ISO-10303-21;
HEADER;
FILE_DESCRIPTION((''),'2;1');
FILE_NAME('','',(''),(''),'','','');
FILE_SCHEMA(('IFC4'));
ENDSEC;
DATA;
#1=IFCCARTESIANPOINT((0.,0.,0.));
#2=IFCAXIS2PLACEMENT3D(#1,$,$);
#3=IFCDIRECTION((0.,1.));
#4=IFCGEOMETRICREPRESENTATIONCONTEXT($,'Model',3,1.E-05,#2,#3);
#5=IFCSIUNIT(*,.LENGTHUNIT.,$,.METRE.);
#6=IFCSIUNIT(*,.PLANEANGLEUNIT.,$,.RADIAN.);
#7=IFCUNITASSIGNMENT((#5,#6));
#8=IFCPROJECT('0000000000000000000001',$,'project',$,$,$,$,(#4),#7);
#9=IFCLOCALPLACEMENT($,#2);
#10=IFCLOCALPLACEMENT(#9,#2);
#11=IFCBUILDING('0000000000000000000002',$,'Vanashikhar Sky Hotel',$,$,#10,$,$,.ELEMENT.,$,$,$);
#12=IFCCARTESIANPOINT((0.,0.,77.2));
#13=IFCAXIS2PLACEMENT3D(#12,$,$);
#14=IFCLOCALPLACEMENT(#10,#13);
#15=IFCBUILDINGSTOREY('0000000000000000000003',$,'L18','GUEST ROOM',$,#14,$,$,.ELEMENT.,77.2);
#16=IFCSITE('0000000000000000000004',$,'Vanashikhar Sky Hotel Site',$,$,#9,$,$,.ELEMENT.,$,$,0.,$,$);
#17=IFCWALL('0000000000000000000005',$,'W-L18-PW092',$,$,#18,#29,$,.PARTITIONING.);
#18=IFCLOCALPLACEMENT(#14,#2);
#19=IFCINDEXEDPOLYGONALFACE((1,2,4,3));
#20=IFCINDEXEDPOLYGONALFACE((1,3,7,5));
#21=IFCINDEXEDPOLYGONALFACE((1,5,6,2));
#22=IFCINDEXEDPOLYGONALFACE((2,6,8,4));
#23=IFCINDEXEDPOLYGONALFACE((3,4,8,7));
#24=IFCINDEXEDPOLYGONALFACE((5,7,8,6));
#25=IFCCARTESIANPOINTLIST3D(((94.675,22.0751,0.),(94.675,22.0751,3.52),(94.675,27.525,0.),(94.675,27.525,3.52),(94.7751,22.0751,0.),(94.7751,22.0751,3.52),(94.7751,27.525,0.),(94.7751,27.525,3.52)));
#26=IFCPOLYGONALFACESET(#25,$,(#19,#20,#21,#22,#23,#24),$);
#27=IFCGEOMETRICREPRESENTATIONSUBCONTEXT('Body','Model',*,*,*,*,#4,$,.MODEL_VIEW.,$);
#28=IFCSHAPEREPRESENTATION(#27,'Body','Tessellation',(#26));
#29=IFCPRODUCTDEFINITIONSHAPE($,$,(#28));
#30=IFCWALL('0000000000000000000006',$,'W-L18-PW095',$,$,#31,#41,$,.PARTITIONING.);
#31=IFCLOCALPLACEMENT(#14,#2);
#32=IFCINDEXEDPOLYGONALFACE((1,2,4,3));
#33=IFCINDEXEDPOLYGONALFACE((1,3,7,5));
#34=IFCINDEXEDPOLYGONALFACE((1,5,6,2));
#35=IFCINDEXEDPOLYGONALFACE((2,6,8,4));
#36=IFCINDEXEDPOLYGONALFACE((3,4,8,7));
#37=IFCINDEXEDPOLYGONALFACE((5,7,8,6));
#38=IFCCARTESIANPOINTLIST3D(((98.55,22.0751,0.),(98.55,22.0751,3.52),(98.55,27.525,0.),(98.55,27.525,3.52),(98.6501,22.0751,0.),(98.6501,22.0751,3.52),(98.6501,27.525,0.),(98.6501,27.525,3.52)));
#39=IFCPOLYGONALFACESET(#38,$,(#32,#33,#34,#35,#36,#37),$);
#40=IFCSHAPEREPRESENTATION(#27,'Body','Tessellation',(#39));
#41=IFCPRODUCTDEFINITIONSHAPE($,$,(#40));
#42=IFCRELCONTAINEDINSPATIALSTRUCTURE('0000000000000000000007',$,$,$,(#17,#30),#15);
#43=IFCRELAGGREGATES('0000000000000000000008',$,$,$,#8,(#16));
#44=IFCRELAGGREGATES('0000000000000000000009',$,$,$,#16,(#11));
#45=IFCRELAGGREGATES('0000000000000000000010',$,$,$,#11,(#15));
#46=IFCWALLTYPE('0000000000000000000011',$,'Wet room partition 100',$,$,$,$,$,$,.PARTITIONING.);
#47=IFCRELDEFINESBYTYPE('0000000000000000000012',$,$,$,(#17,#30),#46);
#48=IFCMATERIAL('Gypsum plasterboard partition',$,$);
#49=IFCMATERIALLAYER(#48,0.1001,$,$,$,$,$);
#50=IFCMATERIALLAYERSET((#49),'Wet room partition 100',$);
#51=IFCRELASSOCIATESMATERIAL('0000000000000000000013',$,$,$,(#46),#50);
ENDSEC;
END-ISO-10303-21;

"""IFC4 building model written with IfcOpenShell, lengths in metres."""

from ifc_helpers import new_model, si_unit, direction, frame, frame_2d, origin, place, context, subcontext, project, spatial, rectangle, extrude, source, transform, mapped, material, layer, layer_set, type_object, element, save


model = new_model("IFC4")

# Units and contexts
model_context = context("Model", 3, precision=1e-05, world=origin(), true_north=direction((0.0, 1.0)))
body_context = subcontext(model_context, "Body", "Model", "MODEL_VIEW")
ifc_project = project(units=[si_unit("LENGTHUNIT", "METRE"), si_unit("PLANEANGLEUNIT", "RADIAN")], contexts=[model_context])

# Site, building, storey
site_placement = place(None, origin())
site = spatial("IfcSite", under=ifc_project, at=site_placement, Name="Vanashikhar Sky Hotel Site", CompositionType="ELEMENT", RefElevation=0.0)
building_placement = place(site_placement, origin())
building = spatial("IfcBuilding", under=site, at=building_placement, Name="Vanashikhar Sky Hotel", CompositionType="ELEMENT")
storey_placement = place(building_placement, frame((0.0, 0.0, 77.2)))
storey = spatial("IfcBuildingStorey", under=building, at=storey_placement, Name="L18", Description="GUEST ROOM", CompositionType="ELEMENT", Elevation=77.2)

# Shared definitions
ifc_material_1 = material(Name="Gypsum plasterboard partition")

# Shared definitions
ifc_layer_1 = layer(ifc_material_1, 0.1001)
ifc_layer_set_1 = layer_set([ifc_layer_1], Name="Wet room partition 100")
wall_type_1 = type_object("IfcWallType", Name="Wet room partition 100", PredefinedType="PARTITIONING", material=ifc_layer_set_1)

# Walls
shared_shape_1 = source(origin(), body_context, "Body", "SweptSolid", [
    extrude(rectangle(XDim=5.45, YDim=0.1001, at=frame_2d((2.7251, 0.0))), origin(), (0.0, 0.0, 1.0), 3.52),
])
for number, where, z_axis, x_axis, name in (
    (1, (94.7251, 22.075, 0.0), (0.0, 0.0, 1.0), (0.0, 1.0, 0.0), "W-L18-PW092"),
    (2, (98.6001, 22.075, 0.0), (0.0, 0.0, 1.0), (0.0, 1.0, 0.0), "W-L18-PW095"),
):
    element("IfcWall", number, at=place(storey_placement, frame(where, z_axis=z_axis, x_axis=x_axis)), inside=storey, type_object=wall_type_1, Name=name, PredefinedType="PARTITIONING", context=body_context, shape_type="MappedRepresentation", body=[
        mapped(shared_shape_1, transform((0.0, 0.0, 0.0), scale=1.0)),
    ])

save(model, "model.ifc")
